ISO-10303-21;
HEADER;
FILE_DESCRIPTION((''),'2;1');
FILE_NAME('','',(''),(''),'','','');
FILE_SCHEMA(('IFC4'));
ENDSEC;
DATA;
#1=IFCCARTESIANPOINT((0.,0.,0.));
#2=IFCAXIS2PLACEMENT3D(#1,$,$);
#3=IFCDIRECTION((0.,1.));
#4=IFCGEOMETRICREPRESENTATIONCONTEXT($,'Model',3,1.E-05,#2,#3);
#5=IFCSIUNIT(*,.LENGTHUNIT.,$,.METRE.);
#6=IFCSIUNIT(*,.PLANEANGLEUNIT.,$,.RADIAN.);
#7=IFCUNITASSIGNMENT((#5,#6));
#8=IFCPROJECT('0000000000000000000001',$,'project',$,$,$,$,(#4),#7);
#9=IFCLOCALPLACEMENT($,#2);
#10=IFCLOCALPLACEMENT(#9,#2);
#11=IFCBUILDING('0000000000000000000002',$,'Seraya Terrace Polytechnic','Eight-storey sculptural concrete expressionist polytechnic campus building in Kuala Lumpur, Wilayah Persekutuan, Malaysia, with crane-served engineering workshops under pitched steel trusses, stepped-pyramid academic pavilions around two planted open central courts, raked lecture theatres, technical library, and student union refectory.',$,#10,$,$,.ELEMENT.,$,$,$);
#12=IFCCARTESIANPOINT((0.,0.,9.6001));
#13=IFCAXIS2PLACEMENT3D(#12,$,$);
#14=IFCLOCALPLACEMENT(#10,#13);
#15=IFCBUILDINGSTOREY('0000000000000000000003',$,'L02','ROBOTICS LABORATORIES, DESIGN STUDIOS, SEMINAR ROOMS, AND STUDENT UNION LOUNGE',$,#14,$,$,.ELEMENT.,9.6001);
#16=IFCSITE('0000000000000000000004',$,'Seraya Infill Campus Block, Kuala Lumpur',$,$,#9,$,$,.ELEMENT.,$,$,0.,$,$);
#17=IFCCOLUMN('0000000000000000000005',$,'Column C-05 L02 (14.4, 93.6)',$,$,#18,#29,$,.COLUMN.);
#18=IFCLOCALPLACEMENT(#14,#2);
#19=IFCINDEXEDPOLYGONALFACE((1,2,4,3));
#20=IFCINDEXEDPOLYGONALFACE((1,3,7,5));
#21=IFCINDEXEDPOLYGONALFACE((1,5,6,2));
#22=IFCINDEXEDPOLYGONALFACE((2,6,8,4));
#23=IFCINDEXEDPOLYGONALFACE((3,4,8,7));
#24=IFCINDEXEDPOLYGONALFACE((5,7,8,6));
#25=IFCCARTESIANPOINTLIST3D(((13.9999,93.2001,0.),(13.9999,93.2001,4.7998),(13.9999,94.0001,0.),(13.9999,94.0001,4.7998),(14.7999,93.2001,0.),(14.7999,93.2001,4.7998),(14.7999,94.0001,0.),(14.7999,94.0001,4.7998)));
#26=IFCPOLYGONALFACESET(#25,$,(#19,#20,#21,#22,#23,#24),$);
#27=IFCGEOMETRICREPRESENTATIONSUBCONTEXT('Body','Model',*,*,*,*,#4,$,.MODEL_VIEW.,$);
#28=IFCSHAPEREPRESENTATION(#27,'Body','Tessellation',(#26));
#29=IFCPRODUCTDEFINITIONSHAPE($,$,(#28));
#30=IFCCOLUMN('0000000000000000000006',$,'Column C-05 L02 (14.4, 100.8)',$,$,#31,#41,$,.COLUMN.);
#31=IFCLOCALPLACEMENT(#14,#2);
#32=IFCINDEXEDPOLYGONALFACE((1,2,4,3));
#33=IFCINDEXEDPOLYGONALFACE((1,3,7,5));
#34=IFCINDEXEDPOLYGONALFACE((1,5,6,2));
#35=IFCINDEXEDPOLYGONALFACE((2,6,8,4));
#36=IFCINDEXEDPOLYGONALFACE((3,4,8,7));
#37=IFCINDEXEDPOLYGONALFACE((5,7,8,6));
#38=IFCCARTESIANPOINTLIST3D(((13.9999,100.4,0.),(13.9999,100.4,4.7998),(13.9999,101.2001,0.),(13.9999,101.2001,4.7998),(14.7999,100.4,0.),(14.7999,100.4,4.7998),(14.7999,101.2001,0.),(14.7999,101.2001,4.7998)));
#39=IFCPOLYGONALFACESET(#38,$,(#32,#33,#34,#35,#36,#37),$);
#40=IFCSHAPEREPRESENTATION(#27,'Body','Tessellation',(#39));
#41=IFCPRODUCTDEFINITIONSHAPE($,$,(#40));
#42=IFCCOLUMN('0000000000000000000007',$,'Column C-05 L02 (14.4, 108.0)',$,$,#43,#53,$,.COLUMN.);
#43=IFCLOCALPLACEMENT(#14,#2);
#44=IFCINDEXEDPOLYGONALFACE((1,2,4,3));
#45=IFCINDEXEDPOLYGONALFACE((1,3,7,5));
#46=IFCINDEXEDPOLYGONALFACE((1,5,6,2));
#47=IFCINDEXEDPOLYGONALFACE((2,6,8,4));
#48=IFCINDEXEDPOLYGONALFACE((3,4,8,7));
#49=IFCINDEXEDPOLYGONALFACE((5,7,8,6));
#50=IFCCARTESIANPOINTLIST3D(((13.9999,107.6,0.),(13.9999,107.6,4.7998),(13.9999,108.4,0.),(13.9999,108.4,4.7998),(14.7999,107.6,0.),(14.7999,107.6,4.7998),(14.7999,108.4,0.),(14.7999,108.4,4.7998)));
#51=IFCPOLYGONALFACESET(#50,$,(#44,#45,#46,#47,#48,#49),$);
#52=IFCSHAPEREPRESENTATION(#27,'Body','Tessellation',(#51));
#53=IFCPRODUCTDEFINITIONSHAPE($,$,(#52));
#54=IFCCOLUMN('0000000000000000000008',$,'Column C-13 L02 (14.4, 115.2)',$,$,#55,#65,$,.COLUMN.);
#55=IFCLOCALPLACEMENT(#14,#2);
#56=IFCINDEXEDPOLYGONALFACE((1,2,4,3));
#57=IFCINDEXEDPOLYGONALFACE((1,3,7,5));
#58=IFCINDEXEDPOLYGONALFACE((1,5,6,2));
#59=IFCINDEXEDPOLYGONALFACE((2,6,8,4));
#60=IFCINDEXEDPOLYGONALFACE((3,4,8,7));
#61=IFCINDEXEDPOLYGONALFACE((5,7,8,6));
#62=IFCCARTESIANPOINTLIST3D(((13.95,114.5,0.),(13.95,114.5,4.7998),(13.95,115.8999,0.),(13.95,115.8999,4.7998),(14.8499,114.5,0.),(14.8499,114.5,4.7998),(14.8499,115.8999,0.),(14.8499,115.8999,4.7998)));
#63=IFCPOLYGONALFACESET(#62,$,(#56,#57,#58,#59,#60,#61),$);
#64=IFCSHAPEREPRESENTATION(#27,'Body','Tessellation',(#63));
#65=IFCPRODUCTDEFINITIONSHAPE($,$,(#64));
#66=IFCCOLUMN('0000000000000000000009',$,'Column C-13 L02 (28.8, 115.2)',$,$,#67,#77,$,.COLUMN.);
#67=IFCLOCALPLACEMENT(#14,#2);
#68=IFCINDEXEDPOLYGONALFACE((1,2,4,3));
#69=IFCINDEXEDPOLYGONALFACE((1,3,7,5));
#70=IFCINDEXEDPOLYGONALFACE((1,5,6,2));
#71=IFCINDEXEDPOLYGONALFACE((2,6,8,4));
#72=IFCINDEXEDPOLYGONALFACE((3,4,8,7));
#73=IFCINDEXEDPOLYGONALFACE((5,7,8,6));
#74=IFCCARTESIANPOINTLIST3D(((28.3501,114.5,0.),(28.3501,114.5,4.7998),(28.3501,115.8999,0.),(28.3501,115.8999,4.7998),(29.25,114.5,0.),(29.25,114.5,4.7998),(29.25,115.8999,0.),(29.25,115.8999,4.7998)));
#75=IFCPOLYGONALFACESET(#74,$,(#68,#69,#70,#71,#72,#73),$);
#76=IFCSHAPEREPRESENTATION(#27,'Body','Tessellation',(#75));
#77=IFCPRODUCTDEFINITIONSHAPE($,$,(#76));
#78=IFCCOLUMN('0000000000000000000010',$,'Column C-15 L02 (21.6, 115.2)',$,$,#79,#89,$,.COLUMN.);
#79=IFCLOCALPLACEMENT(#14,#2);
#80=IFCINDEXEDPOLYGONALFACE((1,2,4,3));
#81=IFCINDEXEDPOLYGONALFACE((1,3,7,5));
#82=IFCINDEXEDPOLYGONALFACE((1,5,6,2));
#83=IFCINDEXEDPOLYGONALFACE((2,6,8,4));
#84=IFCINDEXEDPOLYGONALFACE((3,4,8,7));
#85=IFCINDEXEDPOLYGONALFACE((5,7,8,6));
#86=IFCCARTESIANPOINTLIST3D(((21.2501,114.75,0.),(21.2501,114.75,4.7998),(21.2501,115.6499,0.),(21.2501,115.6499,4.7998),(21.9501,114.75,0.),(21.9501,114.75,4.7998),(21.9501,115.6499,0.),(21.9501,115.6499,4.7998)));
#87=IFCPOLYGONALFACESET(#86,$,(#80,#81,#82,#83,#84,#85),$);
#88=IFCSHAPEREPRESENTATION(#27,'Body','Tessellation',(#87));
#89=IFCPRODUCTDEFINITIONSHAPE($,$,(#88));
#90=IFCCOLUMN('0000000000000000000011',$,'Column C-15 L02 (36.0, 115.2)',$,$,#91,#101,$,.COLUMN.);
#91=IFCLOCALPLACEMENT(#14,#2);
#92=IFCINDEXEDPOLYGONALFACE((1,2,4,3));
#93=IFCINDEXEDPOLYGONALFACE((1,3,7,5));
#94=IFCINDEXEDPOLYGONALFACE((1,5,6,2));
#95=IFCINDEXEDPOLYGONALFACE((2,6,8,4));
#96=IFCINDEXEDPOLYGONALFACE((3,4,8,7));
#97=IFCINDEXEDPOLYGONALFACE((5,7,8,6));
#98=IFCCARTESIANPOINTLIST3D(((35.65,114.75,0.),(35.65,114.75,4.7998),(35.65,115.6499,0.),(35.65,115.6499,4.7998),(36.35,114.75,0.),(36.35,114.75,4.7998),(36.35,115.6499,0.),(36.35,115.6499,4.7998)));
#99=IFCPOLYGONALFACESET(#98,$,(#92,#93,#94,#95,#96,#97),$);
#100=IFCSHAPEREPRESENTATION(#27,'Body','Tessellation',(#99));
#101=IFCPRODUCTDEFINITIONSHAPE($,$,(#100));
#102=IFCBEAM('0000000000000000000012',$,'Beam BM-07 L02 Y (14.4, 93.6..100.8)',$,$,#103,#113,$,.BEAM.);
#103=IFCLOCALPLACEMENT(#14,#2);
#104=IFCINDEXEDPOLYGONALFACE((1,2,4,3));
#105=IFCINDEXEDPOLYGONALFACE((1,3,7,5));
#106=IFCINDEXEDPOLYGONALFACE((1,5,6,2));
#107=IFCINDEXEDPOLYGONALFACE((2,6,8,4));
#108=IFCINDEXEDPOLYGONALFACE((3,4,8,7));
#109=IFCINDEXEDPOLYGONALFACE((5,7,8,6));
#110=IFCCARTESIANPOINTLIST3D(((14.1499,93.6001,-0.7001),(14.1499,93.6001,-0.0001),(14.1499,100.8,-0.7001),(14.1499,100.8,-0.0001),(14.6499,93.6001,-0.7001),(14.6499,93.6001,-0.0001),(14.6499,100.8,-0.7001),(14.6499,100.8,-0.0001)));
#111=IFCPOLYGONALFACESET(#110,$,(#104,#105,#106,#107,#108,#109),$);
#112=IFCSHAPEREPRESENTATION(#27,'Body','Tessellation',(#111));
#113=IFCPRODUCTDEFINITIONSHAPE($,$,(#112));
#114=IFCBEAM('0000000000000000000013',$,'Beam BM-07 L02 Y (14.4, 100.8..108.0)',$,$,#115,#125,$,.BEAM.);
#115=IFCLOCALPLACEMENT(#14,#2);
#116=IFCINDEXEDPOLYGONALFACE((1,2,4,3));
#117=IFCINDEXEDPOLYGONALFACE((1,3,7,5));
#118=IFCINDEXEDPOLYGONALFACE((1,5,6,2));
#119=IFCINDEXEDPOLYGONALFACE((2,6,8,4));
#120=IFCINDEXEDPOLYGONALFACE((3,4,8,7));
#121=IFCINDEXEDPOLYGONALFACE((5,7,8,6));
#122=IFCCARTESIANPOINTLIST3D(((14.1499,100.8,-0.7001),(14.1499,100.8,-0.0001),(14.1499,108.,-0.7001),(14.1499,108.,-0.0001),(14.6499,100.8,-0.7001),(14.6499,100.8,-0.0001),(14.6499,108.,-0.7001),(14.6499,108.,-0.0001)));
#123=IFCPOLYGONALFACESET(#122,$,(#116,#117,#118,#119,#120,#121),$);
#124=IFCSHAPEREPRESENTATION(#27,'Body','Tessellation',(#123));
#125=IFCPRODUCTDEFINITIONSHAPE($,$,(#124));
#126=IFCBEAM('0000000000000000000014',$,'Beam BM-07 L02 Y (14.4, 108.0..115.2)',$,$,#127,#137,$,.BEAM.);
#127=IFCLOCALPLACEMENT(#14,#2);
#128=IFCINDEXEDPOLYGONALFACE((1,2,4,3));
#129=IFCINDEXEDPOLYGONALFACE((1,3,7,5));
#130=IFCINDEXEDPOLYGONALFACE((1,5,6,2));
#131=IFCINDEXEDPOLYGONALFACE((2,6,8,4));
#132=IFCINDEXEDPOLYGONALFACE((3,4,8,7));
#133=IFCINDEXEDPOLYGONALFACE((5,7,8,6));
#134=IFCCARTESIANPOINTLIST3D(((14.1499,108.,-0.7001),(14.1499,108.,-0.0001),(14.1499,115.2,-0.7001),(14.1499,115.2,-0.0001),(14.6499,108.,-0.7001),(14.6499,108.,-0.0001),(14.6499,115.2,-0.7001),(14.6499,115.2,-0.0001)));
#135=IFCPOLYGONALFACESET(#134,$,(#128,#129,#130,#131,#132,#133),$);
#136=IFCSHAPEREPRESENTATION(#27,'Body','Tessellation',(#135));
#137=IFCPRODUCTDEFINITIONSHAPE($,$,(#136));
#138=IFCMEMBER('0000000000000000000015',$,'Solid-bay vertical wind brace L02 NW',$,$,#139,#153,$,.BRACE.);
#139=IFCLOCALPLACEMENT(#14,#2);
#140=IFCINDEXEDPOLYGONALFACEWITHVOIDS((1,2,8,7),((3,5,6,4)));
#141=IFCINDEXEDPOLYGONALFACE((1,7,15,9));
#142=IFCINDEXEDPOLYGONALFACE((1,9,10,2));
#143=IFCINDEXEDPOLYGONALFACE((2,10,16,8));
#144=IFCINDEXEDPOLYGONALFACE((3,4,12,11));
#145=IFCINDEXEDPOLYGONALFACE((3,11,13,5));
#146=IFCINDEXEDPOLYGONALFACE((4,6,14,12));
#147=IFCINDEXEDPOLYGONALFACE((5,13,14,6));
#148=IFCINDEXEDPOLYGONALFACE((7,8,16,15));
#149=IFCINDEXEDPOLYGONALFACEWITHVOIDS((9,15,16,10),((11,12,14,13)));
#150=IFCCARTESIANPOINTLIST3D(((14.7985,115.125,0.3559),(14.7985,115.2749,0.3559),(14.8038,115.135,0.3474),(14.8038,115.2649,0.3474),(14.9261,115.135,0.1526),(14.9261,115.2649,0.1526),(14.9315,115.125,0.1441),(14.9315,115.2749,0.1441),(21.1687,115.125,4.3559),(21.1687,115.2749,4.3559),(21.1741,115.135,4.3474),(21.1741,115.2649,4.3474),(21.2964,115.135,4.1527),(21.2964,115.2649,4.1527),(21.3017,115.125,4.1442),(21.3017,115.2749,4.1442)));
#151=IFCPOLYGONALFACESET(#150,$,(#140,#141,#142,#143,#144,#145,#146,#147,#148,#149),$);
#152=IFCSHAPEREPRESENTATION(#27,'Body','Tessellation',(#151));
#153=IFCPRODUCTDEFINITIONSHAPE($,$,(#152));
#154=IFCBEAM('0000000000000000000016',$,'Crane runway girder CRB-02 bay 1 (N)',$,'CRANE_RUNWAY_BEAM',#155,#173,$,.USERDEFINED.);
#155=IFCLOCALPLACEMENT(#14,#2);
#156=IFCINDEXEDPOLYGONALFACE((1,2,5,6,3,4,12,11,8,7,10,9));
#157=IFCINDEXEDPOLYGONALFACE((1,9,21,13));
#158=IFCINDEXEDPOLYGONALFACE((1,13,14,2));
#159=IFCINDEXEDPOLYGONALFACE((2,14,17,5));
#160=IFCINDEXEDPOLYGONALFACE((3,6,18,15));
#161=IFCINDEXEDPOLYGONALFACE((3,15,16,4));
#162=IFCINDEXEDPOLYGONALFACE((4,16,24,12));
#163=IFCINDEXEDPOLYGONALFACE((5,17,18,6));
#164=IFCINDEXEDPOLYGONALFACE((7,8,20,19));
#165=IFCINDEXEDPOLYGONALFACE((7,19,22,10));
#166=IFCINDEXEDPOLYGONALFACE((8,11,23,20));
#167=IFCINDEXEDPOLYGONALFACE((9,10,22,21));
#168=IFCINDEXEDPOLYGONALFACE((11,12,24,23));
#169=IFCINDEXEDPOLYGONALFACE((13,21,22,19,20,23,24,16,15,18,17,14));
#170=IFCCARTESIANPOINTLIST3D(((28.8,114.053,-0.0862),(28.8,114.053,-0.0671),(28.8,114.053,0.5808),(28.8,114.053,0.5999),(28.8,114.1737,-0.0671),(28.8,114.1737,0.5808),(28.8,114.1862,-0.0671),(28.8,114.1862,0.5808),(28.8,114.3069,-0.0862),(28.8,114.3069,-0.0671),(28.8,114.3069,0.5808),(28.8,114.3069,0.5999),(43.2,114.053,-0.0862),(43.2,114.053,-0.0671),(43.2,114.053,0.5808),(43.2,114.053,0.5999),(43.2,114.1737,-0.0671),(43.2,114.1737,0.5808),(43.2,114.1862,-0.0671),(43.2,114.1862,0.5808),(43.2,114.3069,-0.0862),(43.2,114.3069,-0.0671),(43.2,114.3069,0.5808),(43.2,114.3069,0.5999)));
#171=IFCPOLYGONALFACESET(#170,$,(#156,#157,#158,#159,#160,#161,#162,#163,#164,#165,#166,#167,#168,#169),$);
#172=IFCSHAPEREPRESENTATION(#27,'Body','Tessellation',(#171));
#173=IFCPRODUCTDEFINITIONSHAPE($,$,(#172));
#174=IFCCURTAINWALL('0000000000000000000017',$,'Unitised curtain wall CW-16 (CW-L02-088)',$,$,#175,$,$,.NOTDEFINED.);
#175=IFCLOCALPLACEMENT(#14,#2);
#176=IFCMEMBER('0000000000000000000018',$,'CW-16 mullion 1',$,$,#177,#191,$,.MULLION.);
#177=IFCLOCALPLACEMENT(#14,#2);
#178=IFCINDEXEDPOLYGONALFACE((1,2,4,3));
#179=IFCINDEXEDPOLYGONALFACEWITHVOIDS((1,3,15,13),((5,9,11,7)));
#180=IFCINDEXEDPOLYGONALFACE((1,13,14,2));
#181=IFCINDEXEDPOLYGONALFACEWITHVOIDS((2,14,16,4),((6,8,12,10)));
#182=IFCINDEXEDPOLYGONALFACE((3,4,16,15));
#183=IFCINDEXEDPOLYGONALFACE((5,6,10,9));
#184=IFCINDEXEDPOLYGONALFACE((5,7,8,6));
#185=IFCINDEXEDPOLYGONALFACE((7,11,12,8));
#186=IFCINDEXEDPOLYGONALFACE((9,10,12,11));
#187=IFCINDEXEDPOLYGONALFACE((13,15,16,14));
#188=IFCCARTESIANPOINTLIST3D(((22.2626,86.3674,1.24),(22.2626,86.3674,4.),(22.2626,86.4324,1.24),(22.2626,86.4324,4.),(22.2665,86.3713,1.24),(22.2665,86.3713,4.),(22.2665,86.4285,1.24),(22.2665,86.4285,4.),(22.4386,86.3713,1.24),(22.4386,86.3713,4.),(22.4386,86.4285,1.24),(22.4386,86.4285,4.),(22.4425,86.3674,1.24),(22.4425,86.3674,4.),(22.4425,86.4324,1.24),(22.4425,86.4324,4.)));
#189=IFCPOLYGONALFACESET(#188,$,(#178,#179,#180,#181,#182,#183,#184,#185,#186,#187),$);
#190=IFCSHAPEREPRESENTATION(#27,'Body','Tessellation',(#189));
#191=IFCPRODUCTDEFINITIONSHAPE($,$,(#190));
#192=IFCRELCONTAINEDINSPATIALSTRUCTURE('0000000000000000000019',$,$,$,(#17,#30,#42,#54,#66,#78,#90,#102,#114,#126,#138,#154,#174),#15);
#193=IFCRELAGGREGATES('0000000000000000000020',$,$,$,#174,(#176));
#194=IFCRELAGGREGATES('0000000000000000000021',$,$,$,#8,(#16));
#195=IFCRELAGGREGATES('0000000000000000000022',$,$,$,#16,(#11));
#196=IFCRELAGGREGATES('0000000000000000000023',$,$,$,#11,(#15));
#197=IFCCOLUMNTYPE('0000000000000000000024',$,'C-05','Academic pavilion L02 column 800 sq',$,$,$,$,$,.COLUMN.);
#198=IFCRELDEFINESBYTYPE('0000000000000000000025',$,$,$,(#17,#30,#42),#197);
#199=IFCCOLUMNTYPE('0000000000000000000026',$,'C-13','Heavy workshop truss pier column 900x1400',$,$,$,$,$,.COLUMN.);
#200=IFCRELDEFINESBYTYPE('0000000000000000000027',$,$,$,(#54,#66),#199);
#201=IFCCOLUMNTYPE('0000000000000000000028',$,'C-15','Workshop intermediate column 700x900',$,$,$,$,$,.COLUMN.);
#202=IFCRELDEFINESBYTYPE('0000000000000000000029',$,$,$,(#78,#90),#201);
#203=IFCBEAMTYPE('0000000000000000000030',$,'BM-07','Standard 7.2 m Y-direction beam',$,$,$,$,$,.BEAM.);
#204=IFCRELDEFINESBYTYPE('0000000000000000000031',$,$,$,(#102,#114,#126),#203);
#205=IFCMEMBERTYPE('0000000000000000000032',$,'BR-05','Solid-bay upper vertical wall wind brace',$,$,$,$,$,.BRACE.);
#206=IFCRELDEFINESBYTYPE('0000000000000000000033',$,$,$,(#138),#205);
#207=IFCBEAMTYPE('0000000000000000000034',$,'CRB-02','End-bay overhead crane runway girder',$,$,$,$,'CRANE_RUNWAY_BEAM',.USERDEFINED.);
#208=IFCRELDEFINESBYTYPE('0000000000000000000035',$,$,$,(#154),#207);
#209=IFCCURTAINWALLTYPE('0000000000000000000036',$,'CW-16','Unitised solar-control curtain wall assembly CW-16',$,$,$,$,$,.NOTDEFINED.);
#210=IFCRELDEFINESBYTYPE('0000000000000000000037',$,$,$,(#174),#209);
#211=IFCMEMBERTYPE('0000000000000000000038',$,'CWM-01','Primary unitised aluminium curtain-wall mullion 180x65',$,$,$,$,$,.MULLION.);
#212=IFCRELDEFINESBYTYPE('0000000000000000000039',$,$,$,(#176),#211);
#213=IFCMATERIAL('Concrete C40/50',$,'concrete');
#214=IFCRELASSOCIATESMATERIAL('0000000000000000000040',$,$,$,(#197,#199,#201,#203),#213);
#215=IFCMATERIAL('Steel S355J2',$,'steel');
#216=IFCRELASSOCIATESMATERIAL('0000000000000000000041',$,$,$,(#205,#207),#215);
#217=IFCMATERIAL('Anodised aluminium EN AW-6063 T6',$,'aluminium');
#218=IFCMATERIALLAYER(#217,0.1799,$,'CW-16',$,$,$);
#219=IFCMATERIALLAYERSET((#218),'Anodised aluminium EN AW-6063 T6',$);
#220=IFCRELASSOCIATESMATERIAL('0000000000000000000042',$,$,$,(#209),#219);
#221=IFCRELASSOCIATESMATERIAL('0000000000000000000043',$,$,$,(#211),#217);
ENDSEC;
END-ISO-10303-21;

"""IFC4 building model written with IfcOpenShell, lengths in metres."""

from ifc_helpers import new_model, si_unit, direction, frame, origin, origin_2d, place, context, subcontext, project, spatial, rectangle, hollow_rectangle, i_section, extrude, material, layer, layer_set, material_profile, profile_set, type_object, element, aggregate, save


model = new_model("IFC4")

# Units and contexts
model_context = context("Model", 3, precision=1e-05, world=origin(), true_north=direction((0.0, 1.0)))
body_context = subcontext(model_context, "Body", "Model", "MODEL_VIEW")
ifc_project = project(units=[si_unit("LENGTHUNIT", "METRE"), si_unit("PLANEANGLEUNIT", "RADIAN")], contexts=[model_context])

# Site, building, storey
site_placement = place(None, origin())
site = spatial("IfcSite", under=ifc_project, at=site_placement, Name="Seraya Infill Campus Block, Kuala Lumpur", CompositionType="ELEMENT", RefElevation=0.0)
building_placement = place(site_placement, origin())
building = spatial("IfcBuilding", under=site, at=building_placement, Name="Seraya Terrace Polytechnic", Description="Eight-storey sculptural concrete expressionist polytechnic campus building in Kuala Lumpur, Wilayah Persekutuan, Malaysia, with crane-served engineering workshops under pitched steel trusses, stepped-pyramid academic pavilions around two planted open central courts, raked lecture theatres, technical library, and student union refectory.", CompositionType="ELEMENT")
storey_placement = place(building_placement, frame((0.0, 0.0, 9.6001)))
storey = spatial("IfcBuildingStorey", under=building, at=storey_placement, Name="L02", Description="ROBOTICS LABORATORIES, DESIGN STUDIOS, SEMINAR ROOMS, AND STUDENT UNION LOUNGE", CompositionType="ELEMENT", Elevation=9.6001)

# Columns
ifc_material_1 = material(Name="Concrete C40/50", Category="concrete")
ifc_material_profile_1 = material_profile(ifc_material_1, rectangle(XDim=0.8, YDim=0.8, at=origin_2d()), Name="RC 800x800")
ifc_profile_set_1 = profile_set([ifc_material_profile_1], Name="Concrete C40/50")
column_type_1 = type_object("IfcColumnType", Name="C-05", Description="Academic pavilion L02 column 800 sq", PredefinedType="COLUMN", material=ifc_profile_set_1)
for number, where, z_axis, x_axis, name in (
    (1, (14.3999, 93.6001, 0.0), (0.0, 0.0, 1.0), (1.0, 0.0, 0.0), "Column C-05 L02 (14.4, 93.6)"),
    (2, (14.3999, 100.8, 0.0), (0.0, 0.0, 1.0), (1.0, 0.0, 0.0), "Column C-05 L02 (14.4, 100.8)"),
    (3, (14.3999, 108.0, 0.0), (0.0, 0.0, 1.0), (1.0, 0.0, 0.0), "Column C-05 L02 (14.4, 108.0)"),
):
    element("IfcColumn", number, at=place(storey_placement, frame(where, z_axis=z_axis, x_axis=x_axis)), inside=storey, type_object=column_type_1, Name=name, PredefinedType="COLUMN", context=body_context, shape_type="SweptSolid", body=[
        extrude(rectangle(XDim=0.8, YDim=0.8, at=origin_2d()), origin(), (0.0, 0.0, 1.0), 4.7998),
    ])
ifc_material_profile_2 = material_profile(ifc_material_1, rectangle(XDim=0.8999, YDim=1.3999, at=origin_2d()), Name="RC 900x1400")
ifc_profile_set_2 = profile_set([ifc_material_profile_2], Name="Concrete C40/50")
column_type_2 = type_object("IfcColumnType", Name="C-13", Description="Heavy workshop truss pier column 900x1400", PredefinedType="COLUMN", material=ifc_profile_set_2)
for number, where, z_axis, x_axis, name in (
    (4, (14.3999, 115.2, 0.0), (0.0, 0.0, 1.0), (1.0, 0.0, 0.0), "Column C-13 L02 (14.4, 115.2)"),
    (5, (28.8, 115.2, 0.0), (0.0, 0.0, 1.0), (1.0, 0.0, 0.0), "Column C-13 L02 (28.8, 115.2)"),
):
    element("IfcColumn", number, at=place(storey_placement, frame(where, z_axis=z_axis, x_axis=x_axis)), inside=storey, type_object=column_type_2, Name=name, PredefinedType="COLUMN", context=body_context, shape_type="SweptSolid", body=[
        extrude(rectangle(XDim=0.8999, YDim=1.3999, at=origin_2d()), origin(), (0.0, 0.0, 1.0), 4.7998),
    ])
ifc_material_profile_3 = material_profile(ifc_material_1, rectangle(XDim=0.7, YDim=0.8999, at=origin_2d()), Name="RC 700x900")
ifc_profile_set_3 = profile_set([ifc_material_profile_3], Name="Concrete C40/50")
column_type_3 = type_object("IfcColumnType", Name="C-15", Description="Workshop intermediate column 700x900", PredefinedType="COLUMN", material=ifc_profile_set_3)
for number, where, z_axis, x_axis, name in (
    (6, (21.6001, 115.2, 0.0), (0.0, 0.0, 1.0), (1.0, 0.0, 0.0), "Column C-15 L02 (21.6, 115.2)"),
    (7, (36.0, 115.2, 0.0), (0.0, 0.0, 1.0), (1.0, 0.0, 0.0), "Column C-15 L02 (36.0, 115.2)"),
):
    element("IfcColumn", number, at=place(storey_placement, frame(where, z_axis=z_axis, x_axis=x_axis)), inside=storey, type_object=column_type_3, Name=name, PredefinedType="COLUMN", context=body_context, shape_type="SweptSolid", body=[
        extrude(rectangle(XDim=0.7, YDim=0.8999, at=origin_2d()), origin(), (0.0, 0.0, 1.0), 4.7998),
    ])

# Beams
ifc_material_profile_4 = material_profile(ifc_material_1, rectangle(XDim=0.5, YDim=0.7, at=origin_2d()), Name="RC 500x700")
ifc_profile_set_4 = profile_set([ifc_material_profile_4], Name="Concrete C40/50")
beam_type_1 = type_object("IfcBeamType", Name="BM-07", Description="Standard 7.2 m Y-direction beam", PredefinedType="BEAM", material=ifc_profile_set_4)
for number, where, z_axis, x_axis, name in (
    (8, (14.3999, 93.6001, -0.3501), (0.0, 1.0, 0.0), (-1.0, 0.0, 0.0), "Beam BM-07 L02 Y (14.4, 93.6..100.8)"),
    (9, (14.3999, 100.8, -0.3501), (0.0, 1.0, 0.0), (-1.0, 0.0, 0.0), "Beam BM-07 L02 Y (14.4, 100.8..108.0)"),
    (10, (14.3999, 108.0, -0.3501), (0.0, 1.0, 0.0), (-1.0, 0.0, 0.0), "Beam BM-07 L02 Y (14.4, 108.0..115.2)"),
):
    element("IfcBeam", number, at=place(storey_placement, frame(where, z_axis=z_axis, x_axis=x_axis)), inside=storey, type_object=beam_type_1, Name=name, PredefinedType="BEAM", context=body_context, shape_type="SweptSolid", body=[
        extrude(rectangle(XDim=0.5, YDim=0.7, at=origin_2d()), origin(), (0.0, 0.0, 1.0), 7.2),
    ])

# Member
ifc_material_2 = material(Name="Steel S355J2", Category="steel")
ifc_material_profile_5 = material_profile(ifc_material_2, hollow_rectangle(XDim=0.1499, YDim=0.25, WallThickness=0.01, at=origin_2d()), Name="RHS 250x150x10.0")
ifc_profile_set_5 = profile_set([ifc_material_profile_5], Name="Steel S355J2")
member_type_1 = type_object("IfcMemberType", Name="BR-05", Description="Solid-bay upper vertical wall wind brace", PredefinedType="BRACE", material=ifc_profile_set_5)
member_1_placement = place(storey_placement, frame((14.865, 115.2, 0.25), z_axis=(0.84688, 0.0, 0.531783), x_axis=(0.0, 1.0, 0.0)))
element("IfcMember", 11, at=member_1_placement, inside=storey, type_object=member_type_1, Name="Solid-bay vertical wind brace L02 NW", PredefinedType="BRACE", context=body_context, shape_type="SweptSolid", body=[
    extrude(hollow_rectangle(XDim=0.1499, YDim=0.25, WallThickness=0.01, at=origin_2d()), origin(), (0.0, 0.0, 1.0), 7.522),
])

# Beam
ifc_material_profile_6 = material_profile(ifc_material_2, i_section(OverallWidth=0.2539, OverallDepth=0.686, WebThickness=0.0125, FlangeThickness=0.019, at=origin_2d()), Name="UKB 686x254x12.4x19.0")
ifc_profile_set_6 = profile_set([ifc_material_profile_6], Name="Steel S355J2")
beam_type_2 = type_object("IfcBeamType", Name="CRB-02", Description="End-bay overhead crane runway girder", ElementType="CRANE_RUNWAY_BEAM", PredefinedType="USERDEFINED", material=ifc_profile_set_6)
beam_1_placement = place(storey_placement, frame((28.8, 114.1799, 0.2568), z_axis=(1.0, 0.0, 0.0), x_axis=(0.0, 1.0, 0.0)))
element("IfcBeam", 12, at=beam_1_placement, inside=storey, type_object=beam_type_2, Name="Crane runway girder CRB-02 bay 1 (N)", ObjectType="CRANE_RUNWAY_BEAM", PredefinedType="USERDEFINED", context=body_context, shape_type="SweptSolid", body=[
    extrude(i_section(OverallWidth=0.2539, OverallDepth=0.686, WebThickness=0.0125, FlangeThickness=0.019, at=origin_2d()), origin(), (0.0, 0.0, 1.0), 14.3999),
])

# Curtain wall, member
ifc_material_3 = material(Name="Anodised aluminium EN AW-6063 T6", Category="aluminium")
ifc_layer_1 = layer(ifc_material_3, 0.1799, Name="CW-16")
ifc_layer_set_1 = layer_set([ifc_layer_1], Name="Anodised aluminium EN AW-6063 T6")
curtain_wall_type = type_object("IfcCurtainWallType", Name="CW-16", Description="Unitised solar-control curtain wall assembly CW-16", PredefinedType="NOTDEFINED", material=ifc_layer_set_1)
curtain_wall_placement = place(storey_placement, origin())
curtain_wall = element("IfcCurtainWall", 13, at=curtain_wall_placement, inside=storey, type_object=curtain_wall_type, Name="Unitised curtain wall CW-16 (CW-L02-088)", PredefinedType="NOTDEFINED")
ifc_material_profile_7 = material_profile(ifc_material_3, hollow_rectangle(XDim=0.0649, YDim=0.1799, WallThickness=0.0039, at=origin_2d()), Name="RHS 180x65x4.0")
ifc_profile_set_7 = profile_set([ifc_material_profile_7], Name="Anodised aluminium EN AW-6063 T6")
member_type_2 = type_object("IfcMemberType", Name="CWM-01", Description="Primary unitised aluminium curtain-wall mullion 180x65", PredefinedType="MULLION", material=ifc_profile_set_7)
member_2_placement = place(storey_placement, frame((22.3525, 86.3999, 1.24), z_axis=(0.0, 0.0, 1.0), x_axis=(0.0, 1.0, 0.0)))
member_2 = element("IfcMember", 14, at=member_2_placement, type_object=member_type_2, Name="CW-16 mullion 1", PredefinedType="MULLION", context=body_context, shape_type="SweptSolid", body=[
    extrude(hollow_rectangle(XDim=0.0649, YDim=0.1799, WallThickness=0.0039, at=origin_2d()), origin(), (0.0, 0.0, 1.0), 2.76),
])

aggregate(curtain_wall, [member_2])

save(model, "model.ifc")
